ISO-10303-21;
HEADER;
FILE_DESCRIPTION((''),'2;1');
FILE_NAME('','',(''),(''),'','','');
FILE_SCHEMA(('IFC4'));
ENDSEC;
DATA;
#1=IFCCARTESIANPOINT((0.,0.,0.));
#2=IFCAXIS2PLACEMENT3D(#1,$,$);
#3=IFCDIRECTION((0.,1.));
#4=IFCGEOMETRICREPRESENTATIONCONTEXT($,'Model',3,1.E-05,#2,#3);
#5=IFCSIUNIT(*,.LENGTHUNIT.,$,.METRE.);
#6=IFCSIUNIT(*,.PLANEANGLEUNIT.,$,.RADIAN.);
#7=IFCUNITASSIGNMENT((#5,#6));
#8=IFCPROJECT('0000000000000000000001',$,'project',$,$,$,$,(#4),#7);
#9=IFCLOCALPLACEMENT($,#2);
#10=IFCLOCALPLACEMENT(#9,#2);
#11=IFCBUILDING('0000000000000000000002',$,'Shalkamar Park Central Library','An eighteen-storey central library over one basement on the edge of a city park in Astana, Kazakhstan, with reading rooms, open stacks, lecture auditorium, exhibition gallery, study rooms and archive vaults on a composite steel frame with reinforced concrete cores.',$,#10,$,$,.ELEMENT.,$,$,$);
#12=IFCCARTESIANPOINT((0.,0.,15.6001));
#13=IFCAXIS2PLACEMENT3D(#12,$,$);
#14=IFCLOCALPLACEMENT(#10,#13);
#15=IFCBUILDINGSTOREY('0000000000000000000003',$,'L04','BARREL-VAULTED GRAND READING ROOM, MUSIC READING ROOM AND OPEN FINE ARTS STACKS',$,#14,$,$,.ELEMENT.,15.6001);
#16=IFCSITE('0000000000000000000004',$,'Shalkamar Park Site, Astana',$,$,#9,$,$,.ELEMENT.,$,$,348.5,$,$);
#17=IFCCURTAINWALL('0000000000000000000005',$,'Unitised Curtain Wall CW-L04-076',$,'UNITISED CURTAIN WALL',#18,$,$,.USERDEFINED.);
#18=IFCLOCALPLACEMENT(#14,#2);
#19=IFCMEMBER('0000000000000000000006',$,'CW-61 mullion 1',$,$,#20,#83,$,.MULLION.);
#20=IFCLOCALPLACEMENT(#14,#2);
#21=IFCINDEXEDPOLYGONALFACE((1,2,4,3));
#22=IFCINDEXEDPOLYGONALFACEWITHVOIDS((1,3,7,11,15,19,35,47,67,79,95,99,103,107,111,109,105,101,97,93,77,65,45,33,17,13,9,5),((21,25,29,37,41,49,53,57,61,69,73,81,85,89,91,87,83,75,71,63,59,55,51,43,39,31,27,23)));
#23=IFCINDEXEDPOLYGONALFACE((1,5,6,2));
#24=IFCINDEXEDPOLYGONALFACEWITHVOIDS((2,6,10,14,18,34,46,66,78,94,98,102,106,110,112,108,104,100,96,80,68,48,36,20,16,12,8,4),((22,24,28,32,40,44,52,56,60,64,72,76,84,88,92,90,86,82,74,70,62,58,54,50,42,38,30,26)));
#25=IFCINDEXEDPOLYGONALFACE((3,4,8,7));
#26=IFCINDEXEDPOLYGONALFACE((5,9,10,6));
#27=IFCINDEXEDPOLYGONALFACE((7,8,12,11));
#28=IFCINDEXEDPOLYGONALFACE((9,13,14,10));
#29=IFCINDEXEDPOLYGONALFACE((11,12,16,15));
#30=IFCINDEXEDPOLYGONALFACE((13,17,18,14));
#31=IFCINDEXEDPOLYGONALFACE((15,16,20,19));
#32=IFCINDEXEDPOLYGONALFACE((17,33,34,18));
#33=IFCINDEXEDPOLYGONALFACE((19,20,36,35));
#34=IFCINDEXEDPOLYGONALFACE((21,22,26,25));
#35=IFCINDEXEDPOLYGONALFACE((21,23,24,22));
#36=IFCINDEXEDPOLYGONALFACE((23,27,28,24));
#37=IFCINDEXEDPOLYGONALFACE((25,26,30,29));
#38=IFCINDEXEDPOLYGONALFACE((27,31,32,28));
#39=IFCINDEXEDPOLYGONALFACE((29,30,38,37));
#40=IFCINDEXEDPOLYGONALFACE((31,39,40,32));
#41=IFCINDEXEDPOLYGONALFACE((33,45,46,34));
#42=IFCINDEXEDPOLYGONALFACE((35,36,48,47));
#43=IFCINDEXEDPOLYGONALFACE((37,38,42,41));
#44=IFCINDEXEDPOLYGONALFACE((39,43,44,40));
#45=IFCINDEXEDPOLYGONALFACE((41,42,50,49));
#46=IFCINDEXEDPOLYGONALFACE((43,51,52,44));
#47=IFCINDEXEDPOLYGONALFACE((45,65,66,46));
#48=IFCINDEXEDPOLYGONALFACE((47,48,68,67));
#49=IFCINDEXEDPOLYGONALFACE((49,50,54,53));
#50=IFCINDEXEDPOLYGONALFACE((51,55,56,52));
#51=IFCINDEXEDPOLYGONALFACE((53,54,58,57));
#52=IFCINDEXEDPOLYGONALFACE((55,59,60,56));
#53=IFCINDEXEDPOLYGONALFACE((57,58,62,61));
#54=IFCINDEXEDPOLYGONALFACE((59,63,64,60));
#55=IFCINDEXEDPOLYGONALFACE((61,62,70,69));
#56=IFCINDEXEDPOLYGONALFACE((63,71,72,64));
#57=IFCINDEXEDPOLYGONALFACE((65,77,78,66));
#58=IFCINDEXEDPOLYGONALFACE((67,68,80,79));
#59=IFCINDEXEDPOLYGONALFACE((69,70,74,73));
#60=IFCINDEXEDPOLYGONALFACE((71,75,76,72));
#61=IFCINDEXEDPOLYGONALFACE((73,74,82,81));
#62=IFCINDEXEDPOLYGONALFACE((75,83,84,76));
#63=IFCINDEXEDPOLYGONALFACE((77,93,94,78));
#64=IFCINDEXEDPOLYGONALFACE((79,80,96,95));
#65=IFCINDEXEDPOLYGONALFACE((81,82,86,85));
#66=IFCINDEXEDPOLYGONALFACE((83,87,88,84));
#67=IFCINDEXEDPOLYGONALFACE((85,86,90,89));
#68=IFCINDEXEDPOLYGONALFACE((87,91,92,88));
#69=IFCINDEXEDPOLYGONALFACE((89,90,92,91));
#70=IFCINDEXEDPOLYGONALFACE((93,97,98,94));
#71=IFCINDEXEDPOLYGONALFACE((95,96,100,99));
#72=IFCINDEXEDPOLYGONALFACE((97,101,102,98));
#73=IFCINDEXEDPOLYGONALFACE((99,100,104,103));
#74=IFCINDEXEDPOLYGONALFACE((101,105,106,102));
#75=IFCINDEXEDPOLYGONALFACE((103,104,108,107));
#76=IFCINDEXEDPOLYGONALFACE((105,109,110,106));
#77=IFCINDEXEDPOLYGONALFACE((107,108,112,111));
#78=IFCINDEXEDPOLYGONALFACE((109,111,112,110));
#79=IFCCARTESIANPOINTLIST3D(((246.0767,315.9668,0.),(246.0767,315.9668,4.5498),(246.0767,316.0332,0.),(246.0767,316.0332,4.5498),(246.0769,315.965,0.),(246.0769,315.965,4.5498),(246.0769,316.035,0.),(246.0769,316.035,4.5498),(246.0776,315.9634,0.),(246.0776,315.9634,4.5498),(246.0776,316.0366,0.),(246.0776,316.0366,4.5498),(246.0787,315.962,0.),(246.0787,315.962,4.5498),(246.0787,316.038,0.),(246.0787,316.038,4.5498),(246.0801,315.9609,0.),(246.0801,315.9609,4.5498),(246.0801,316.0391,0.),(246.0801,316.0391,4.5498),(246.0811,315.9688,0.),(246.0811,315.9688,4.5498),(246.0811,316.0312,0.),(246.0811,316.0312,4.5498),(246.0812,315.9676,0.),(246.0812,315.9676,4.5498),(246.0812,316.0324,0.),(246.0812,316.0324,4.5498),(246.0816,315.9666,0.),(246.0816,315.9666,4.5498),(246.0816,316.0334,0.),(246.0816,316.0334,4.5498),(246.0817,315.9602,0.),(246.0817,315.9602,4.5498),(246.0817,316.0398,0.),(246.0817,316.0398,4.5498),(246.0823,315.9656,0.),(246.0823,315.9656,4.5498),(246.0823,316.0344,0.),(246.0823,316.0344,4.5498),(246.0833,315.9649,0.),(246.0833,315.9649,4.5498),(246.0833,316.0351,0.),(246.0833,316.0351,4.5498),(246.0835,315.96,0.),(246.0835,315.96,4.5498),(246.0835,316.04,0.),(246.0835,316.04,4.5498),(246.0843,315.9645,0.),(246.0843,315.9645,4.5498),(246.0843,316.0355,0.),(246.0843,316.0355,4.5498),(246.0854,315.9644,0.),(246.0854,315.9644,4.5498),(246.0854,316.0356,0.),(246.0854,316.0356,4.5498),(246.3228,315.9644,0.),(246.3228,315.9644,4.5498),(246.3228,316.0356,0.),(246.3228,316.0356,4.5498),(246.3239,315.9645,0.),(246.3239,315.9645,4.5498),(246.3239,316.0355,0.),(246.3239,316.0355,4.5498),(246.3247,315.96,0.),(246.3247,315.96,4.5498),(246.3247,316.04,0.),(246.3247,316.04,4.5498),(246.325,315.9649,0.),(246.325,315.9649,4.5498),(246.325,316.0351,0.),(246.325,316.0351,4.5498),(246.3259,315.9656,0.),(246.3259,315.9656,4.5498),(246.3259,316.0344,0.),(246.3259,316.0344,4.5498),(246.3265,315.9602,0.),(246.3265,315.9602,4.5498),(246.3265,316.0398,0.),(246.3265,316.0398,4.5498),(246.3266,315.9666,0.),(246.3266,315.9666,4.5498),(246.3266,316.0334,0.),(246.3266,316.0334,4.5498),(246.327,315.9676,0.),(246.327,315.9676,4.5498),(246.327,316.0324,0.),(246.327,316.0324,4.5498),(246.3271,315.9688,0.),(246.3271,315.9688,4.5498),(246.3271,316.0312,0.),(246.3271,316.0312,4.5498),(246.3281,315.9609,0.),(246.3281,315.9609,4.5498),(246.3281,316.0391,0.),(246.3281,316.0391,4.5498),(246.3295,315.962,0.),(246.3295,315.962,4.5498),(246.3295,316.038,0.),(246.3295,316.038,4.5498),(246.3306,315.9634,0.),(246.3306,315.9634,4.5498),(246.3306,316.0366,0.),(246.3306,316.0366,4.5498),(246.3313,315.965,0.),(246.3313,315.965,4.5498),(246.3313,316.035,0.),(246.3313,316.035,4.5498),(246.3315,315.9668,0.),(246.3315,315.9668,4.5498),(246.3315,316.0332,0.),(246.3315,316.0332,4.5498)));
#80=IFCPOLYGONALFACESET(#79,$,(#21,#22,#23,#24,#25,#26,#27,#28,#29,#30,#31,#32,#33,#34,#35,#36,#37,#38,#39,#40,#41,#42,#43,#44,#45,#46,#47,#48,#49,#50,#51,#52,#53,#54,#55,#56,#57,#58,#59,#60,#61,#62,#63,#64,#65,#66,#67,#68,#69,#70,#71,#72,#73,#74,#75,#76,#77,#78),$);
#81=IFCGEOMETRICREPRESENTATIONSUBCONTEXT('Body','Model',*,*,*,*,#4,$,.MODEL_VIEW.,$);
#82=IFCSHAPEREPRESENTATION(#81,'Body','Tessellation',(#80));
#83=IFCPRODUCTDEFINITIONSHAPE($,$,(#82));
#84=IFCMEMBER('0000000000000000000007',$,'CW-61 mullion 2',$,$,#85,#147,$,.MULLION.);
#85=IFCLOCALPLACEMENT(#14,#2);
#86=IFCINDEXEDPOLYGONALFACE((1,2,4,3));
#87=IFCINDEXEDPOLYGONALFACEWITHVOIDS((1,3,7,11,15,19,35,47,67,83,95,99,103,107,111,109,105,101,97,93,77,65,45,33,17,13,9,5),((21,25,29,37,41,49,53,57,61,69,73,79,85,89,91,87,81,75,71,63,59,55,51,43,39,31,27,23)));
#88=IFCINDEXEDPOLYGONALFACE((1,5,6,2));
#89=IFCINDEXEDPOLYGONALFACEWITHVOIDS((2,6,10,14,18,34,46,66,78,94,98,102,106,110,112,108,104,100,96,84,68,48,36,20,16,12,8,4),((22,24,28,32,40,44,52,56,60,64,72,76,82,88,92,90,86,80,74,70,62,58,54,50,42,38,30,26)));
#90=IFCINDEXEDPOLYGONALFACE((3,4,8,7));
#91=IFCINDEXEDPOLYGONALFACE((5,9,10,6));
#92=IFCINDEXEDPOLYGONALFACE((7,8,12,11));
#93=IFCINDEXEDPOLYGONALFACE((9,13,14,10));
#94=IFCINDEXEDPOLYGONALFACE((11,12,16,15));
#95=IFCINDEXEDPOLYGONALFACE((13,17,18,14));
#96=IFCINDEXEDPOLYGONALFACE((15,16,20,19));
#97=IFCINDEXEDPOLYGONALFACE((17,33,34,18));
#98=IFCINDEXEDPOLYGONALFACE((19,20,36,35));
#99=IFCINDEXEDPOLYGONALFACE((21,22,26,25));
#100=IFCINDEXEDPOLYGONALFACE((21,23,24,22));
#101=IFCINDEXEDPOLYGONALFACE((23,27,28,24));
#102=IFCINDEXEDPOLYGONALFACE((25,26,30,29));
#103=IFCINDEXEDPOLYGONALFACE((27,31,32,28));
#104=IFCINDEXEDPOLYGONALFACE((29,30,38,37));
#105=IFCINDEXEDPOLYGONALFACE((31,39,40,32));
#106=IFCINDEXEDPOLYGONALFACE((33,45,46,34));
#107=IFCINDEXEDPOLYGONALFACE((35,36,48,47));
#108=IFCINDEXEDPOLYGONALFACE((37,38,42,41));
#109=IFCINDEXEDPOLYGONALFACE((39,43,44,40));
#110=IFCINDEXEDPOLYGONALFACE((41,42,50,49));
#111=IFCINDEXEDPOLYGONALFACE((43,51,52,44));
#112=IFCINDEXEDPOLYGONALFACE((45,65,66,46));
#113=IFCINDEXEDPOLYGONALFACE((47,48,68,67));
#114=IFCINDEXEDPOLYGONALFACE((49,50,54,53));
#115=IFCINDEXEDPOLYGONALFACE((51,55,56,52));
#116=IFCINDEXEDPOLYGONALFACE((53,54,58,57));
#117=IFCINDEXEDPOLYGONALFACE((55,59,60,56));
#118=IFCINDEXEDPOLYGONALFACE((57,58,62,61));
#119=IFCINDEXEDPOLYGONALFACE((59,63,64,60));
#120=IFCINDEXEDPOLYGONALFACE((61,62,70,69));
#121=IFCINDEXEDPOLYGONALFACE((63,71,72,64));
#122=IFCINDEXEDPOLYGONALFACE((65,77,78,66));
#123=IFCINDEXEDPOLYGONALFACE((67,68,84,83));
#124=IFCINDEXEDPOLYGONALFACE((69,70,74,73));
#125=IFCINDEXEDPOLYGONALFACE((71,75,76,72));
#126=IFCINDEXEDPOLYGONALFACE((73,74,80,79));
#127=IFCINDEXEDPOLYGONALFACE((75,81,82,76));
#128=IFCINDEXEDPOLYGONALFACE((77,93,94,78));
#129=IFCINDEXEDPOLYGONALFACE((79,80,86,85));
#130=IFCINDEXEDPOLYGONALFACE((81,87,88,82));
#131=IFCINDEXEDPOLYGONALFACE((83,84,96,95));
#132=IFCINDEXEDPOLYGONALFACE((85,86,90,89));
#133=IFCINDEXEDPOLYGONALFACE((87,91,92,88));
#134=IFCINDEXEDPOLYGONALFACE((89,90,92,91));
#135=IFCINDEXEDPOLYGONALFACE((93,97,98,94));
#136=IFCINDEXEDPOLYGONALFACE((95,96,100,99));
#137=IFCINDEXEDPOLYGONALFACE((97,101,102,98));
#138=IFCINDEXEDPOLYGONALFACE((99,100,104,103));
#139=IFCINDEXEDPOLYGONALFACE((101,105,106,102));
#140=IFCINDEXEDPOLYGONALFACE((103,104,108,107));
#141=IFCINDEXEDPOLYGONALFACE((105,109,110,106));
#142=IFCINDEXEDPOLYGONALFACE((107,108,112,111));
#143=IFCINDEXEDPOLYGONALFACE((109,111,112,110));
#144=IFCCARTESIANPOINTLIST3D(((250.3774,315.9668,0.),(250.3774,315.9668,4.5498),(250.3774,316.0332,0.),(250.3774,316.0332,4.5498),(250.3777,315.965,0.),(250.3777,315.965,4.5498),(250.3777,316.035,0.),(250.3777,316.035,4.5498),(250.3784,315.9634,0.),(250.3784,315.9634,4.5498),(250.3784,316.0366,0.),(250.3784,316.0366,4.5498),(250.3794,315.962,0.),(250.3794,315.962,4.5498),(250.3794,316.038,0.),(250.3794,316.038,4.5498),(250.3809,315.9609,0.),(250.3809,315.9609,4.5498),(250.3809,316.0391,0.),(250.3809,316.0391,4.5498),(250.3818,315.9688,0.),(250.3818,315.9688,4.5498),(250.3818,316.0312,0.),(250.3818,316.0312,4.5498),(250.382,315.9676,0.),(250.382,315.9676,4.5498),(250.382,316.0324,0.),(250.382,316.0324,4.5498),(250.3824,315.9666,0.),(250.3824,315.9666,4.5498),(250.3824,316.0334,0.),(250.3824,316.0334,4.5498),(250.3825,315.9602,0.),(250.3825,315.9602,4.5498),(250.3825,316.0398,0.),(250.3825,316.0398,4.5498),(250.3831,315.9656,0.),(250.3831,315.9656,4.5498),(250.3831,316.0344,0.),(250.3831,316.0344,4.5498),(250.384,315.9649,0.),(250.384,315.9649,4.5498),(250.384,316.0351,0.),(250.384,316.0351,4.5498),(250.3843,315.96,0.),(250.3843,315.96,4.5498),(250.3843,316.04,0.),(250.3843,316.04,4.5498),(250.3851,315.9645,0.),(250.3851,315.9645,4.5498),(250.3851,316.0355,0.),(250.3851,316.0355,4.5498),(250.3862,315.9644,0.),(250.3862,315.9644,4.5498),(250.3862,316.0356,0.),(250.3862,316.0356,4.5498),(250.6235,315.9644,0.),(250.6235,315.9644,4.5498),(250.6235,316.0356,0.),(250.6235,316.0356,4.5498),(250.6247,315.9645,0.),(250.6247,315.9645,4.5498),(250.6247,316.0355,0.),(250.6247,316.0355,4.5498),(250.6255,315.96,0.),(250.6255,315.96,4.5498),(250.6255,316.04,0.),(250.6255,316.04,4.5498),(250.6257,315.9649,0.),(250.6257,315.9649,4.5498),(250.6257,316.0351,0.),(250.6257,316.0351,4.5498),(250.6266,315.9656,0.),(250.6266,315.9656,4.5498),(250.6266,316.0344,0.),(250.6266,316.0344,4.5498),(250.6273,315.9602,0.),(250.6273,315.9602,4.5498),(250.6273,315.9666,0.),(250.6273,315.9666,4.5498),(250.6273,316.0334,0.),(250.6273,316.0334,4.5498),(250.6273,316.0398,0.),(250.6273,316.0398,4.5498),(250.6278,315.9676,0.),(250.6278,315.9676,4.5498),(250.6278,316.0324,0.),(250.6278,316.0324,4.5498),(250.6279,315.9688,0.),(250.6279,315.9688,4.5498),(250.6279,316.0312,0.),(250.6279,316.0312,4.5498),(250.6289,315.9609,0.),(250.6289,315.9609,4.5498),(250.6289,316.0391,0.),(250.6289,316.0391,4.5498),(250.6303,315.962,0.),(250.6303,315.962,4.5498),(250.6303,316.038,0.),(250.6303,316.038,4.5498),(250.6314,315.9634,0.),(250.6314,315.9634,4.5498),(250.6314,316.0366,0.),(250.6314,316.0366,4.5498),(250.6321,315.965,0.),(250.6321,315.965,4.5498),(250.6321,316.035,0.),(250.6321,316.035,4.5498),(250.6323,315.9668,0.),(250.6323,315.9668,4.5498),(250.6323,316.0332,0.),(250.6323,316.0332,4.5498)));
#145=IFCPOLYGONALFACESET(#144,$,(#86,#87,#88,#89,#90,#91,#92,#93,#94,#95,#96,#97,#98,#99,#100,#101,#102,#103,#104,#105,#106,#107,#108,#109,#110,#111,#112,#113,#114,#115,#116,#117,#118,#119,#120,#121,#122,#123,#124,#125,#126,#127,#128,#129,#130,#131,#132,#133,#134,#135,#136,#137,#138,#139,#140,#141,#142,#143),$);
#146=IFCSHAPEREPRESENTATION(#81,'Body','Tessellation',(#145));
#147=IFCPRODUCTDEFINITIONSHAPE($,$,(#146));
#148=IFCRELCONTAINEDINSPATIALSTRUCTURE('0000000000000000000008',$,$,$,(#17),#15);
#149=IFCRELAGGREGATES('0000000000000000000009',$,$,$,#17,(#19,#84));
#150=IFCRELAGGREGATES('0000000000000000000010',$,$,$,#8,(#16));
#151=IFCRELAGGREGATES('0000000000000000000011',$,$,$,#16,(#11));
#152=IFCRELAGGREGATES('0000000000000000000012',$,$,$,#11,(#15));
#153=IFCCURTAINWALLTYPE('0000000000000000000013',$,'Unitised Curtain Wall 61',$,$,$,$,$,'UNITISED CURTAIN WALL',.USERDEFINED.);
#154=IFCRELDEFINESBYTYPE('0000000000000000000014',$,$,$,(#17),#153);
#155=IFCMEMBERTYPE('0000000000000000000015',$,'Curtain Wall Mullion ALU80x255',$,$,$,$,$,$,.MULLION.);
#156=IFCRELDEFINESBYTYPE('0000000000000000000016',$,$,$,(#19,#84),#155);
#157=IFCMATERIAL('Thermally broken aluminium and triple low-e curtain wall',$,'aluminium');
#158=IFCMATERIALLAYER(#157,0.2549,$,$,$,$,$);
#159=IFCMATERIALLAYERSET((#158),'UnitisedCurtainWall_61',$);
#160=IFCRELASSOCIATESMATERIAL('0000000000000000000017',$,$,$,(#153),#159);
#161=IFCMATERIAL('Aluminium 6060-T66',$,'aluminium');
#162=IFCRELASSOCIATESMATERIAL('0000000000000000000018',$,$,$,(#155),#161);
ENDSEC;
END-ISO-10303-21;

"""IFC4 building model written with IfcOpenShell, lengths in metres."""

from ifc_helpers import new_model, si_unit, direction, frame, origin, origin_2d, place, context, subcontext, project, spatial, hollow_rectangle, extrude, material, layer, layer_set, material_profile, profile_set, type_object, element, aggregate, save


model = new_model("IFC4")

# Units and contexts
model_context = context("Model", 3, precision=1e-05, world=origin(), true_north=direction((0.0, 1.0)))
body_context = subcontext(model_context, "Body", "Model", "MODEL_VIEW")
ifc_project = project(units=[si_unit("LENGTHUNIT", "METRE"), si_unit("PLANEANGLEUNIT", "RADIAN")], contexts=[model_context])

# Site, building, storey
site_placement = place(None, origin())
site = spatial("IfcSite", under=ifc_project, at=site_placement, Name="Shalkamar Park Site, Astana", CompositionType="ELEMENT", RefElevation=348.5)
building_placement = place(site_placement, origin())
building = spatial("IfcBuilding", under=site, at=building_placement, Name="Shalkamar Park Central Library", Description="An eighteen-storey central library over one basement on the edge of a city park in Astana, Kazakhstan, with reading rooms, open stacks, lecture auditorium, exhibition gallery, study rooms and archive vaults on a composite steel frame with reinforced concrete cores.", CompositionType="ELEMENT")
storey_placement = place(building_placement, frame((0.0, 0.0, 15.6001)))
storey = spatial("IfcBuildingStorey", under=building, at=storey_placement, Name="L04", Description="BARREL-VAULTED GRAND READING ROOM, MUSIC READING ROOM AND OPEN FINE ARTS STACKS", CompositionType="ELEMENT", Elevation=15.6001)

# Curtain wall, members
ifc_material_1 = material(Name="Thermally broken aluminium and triple low-e curtain wall", Category="aluminium")
ifc_material_2 = material(Name="Aluminium 6060-T66", Category="aluminium")
ifc_layer_1 = layer(ifc_material_1, 0.2549)
ifc_layer_set_1 = layer_set([ifc_layer_1], Name="UnitisedCurtainWall_61")
curtain_wall_type_1 = type_object("IfcCurtainWallType", Name="Unitised Curtain Wall 61", ElementType="UNITISED CURTAIN WALL", PredefinedType="USERDEFINED", material=ifc_layer_set_1)
curtain_wall_1_placement = place(storey_placement, origin())
curtain_wall_1 = element("IfcCurtainWall", 1, at=curtain_wall_1_placement, inside=storey, type_object=curtain_wall_type_1, Name="Unitised Curtain Wall CW-L04-076", ObjectType="UNITISED CURTAIN WALL", PredefinedType="USERDEFINED")
ifc_material_profile_1 = material_profile(ifc_material_2, hollow_rectangle(XDim=0.0801, YDim=0.2549, WallThickness=0.0044, InnerFilletRadius=0.0044, OuterFilletRadius=0.0068, at=origin_2d()), Name="ALU 80x255x4.5")
ifc_profile_set_1 = profile_set([ifc_material_profile_1], Name="Aluminium 6060-T66")
member_type_1 = type_object("IfcMemberType", Name="Curtain Wall Mullion ALU80x255", PredefinedType="MULLION", material=ifc_profile_set_1)
member_1_placement = place(storey_placement, frame((246.2041, 316.0, 0.0), z_axis=(0.0, 0.0, 1.0), x_axis=(0.0, 1.0, 0.0)))
member_1 = element("IfcMember", 2, at=member_1_placement, type_object=member_type_1, Name="CW-61 mullion 1", PredefinedType="MULLION", context=body_context, shape_type="SweptSolid", body=[
    extrude(hollow_rectangle(XDim=0.0801, YDim=0.2549, WallThickness=0.0044, InnerFilletRadius=0.0044, OuterFilletRadius=0.0068, at=origin_2d()), origin(), (0.0, 0.0, 1.0), 4.5498),
])
member_2_placement = place(storey_placement, frame((250.5049, 316.0, 0.0), z_axis=(0.0, 0.0, 1.0), x_axis=(0.0, 1.0, 0.0)))
member_2 = element("IfcMember", 3, at=member_2_placement, type_object=member_type_1, Name="CW-61 mullion 2", PredefinedType="MULLION", context=body_context, shape_type="SweptSolid", body=[
    extrude(hollow_rectangle(XDim=0.0801, YDim=0.2549, WallThickness=0.0044, InnerFilletRadius=0.0044, OuterFilletRadius=0.0068, at=origin_2d()), origin(), (0.0, 0.0, 1.0), 4.5498),
])

aggregate(curtain_wall_1, [member_1, member_2])

save(model, "model.ifc")
